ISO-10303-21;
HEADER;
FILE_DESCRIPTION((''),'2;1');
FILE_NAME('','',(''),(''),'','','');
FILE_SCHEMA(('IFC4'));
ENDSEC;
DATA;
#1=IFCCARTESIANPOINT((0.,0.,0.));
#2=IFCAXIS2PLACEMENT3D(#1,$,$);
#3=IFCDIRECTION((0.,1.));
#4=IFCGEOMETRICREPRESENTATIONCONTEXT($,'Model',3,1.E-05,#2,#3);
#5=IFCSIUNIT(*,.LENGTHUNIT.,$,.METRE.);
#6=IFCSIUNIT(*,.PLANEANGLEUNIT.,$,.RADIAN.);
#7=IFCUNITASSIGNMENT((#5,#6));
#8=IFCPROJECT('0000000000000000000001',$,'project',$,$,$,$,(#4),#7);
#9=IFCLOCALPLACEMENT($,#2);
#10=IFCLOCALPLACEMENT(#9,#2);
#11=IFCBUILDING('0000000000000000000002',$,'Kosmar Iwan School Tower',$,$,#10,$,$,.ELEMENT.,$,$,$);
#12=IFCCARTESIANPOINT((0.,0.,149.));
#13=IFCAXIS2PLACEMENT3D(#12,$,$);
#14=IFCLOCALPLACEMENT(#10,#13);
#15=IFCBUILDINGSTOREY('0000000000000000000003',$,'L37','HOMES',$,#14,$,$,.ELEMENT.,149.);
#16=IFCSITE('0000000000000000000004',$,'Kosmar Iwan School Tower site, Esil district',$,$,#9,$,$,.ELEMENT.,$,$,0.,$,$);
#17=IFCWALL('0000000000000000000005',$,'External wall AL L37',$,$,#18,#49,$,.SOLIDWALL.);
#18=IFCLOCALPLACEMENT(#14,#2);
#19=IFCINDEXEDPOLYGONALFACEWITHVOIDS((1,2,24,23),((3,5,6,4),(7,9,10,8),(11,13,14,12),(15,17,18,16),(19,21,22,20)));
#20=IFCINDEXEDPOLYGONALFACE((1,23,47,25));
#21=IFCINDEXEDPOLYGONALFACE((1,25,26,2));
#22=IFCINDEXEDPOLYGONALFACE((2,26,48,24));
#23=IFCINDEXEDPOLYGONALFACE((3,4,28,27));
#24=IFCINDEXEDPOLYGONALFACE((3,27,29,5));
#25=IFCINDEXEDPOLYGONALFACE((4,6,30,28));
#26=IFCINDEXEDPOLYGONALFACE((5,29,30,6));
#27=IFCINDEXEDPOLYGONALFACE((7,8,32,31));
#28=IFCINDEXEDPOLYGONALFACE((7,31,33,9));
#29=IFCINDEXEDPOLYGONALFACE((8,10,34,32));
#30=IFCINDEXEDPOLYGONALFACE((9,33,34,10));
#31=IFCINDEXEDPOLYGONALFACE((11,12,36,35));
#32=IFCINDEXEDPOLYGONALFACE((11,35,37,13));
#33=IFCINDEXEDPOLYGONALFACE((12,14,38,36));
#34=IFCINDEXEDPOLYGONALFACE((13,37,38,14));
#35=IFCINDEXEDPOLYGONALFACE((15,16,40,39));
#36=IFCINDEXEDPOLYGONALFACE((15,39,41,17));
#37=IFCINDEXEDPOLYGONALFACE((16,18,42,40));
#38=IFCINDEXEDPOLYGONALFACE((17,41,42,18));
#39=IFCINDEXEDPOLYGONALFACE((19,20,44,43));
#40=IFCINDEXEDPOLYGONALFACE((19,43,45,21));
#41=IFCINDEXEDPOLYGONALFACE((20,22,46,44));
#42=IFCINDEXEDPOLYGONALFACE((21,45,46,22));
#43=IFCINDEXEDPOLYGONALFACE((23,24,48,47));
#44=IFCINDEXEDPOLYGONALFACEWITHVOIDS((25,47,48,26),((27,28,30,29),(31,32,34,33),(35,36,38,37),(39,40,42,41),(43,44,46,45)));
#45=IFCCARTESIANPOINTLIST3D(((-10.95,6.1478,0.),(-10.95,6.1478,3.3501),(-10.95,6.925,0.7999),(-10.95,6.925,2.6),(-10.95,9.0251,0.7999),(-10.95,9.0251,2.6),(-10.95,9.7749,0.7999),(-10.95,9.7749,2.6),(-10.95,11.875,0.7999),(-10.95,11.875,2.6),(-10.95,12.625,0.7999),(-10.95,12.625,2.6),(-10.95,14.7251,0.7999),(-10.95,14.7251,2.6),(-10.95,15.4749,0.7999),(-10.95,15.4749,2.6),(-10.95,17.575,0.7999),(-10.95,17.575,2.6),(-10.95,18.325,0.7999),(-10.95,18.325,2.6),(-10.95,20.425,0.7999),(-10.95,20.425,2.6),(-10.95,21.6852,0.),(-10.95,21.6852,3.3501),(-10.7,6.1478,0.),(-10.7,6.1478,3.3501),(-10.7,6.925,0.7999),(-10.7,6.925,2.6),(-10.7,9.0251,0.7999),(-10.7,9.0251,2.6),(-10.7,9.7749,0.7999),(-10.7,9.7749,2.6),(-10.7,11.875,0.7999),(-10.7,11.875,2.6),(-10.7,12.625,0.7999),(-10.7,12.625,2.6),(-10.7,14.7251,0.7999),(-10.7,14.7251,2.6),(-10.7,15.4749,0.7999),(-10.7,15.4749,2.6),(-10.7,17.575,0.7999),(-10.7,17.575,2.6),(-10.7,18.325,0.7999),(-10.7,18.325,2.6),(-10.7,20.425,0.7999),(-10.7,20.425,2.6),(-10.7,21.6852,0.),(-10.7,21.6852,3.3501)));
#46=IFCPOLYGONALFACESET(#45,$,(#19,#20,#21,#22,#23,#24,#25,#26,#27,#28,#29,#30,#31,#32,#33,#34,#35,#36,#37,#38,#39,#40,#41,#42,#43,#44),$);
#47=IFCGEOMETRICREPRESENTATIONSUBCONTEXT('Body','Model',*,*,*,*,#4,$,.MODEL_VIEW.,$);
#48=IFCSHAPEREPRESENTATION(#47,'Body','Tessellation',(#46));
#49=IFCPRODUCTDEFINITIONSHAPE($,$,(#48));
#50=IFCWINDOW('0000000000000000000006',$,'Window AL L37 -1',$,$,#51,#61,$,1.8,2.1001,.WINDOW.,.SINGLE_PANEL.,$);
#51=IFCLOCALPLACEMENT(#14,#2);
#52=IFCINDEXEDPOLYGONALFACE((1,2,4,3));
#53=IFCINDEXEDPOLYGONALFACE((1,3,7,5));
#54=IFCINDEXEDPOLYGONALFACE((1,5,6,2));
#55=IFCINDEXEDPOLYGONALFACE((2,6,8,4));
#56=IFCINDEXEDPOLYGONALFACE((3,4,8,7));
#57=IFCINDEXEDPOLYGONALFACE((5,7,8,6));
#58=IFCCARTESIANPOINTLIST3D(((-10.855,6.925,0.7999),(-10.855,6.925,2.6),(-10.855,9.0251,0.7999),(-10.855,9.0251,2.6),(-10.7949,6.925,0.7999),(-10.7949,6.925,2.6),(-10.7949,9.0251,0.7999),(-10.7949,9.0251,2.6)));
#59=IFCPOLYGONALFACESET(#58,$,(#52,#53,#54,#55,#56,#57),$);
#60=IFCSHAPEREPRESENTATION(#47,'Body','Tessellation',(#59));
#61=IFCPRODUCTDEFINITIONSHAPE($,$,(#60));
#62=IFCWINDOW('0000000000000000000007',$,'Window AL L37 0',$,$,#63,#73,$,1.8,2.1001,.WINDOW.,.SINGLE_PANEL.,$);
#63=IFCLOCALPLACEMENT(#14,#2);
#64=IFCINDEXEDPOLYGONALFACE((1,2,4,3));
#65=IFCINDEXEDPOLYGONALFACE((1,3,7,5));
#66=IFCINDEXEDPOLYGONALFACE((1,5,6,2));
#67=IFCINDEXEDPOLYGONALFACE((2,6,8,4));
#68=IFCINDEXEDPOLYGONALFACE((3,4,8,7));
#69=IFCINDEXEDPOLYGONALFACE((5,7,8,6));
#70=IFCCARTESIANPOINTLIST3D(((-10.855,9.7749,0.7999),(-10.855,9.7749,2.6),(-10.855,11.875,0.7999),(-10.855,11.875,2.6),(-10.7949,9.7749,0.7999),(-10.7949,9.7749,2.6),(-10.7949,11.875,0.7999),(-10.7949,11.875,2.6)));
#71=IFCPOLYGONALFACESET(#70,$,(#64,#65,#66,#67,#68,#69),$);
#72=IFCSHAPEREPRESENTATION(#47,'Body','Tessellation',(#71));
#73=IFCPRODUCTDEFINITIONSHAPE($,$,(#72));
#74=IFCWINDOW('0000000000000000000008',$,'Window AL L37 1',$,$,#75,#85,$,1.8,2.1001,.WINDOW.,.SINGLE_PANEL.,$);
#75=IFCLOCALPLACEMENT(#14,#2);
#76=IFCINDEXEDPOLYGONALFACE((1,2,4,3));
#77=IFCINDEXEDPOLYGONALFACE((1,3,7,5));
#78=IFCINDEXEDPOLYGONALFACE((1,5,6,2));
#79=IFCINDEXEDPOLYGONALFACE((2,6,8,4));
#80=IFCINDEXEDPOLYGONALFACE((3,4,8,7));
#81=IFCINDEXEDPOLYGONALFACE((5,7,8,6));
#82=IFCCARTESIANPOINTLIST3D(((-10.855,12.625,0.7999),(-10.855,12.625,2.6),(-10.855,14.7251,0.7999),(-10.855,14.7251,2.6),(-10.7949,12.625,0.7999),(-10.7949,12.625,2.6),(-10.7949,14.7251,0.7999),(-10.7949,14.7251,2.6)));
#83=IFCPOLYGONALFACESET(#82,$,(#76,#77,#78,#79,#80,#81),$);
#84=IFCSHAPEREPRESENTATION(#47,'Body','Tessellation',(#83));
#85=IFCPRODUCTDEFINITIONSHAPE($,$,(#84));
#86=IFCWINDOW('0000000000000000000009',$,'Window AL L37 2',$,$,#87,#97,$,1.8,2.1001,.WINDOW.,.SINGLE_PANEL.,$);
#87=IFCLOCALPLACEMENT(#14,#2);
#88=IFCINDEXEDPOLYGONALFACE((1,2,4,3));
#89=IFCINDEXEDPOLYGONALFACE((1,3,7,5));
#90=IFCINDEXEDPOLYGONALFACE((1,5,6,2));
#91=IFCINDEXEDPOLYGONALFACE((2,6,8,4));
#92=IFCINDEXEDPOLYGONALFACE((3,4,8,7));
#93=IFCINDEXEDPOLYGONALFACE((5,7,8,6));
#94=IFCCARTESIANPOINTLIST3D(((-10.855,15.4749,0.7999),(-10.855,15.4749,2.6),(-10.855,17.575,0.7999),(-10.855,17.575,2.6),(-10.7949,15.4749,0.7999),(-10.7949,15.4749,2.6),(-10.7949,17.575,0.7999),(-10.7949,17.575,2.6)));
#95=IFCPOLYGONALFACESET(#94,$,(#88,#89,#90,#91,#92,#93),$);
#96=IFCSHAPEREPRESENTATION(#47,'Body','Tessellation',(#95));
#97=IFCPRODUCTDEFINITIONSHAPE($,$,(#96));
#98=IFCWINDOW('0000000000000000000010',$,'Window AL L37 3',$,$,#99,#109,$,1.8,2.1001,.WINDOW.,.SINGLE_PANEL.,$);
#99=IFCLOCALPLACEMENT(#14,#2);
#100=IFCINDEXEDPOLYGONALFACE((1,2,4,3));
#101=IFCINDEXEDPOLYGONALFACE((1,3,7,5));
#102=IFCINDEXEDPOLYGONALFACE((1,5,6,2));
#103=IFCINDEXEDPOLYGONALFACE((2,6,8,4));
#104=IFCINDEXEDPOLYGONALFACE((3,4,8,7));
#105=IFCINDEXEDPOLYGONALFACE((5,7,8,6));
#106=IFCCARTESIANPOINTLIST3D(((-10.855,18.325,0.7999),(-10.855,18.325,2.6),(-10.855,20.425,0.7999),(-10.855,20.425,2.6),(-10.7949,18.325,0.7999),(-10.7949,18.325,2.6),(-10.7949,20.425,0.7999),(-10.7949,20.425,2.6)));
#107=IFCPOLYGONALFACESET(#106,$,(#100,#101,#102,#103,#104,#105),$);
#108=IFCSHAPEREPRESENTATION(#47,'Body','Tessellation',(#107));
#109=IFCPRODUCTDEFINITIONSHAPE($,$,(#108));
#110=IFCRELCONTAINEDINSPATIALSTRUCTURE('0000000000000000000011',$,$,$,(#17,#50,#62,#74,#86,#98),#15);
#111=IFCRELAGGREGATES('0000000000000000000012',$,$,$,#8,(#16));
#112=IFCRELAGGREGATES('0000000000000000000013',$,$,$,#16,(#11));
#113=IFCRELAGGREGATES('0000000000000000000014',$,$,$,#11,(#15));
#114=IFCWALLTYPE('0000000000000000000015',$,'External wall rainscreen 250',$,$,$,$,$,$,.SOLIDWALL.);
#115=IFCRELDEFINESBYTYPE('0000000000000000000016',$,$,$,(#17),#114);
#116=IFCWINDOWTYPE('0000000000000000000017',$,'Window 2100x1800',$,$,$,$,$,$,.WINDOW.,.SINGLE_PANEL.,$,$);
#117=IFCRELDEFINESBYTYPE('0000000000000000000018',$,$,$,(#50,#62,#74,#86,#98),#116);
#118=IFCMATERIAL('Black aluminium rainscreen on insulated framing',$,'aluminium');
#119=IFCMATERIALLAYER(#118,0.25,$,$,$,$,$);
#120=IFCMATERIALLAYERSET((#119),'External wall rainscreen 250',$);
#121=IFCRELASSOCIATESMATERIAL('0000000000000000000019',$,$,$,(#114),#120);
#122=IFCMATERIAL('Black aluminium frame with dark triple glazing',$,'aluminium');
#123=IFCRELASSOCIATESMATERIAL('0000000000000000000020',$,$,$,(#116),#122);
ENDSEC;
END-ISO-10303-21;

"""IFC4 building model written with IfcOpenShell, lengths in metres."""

from ifc_helpers import new_model, si_unit, direction, frame, frame_2d, origin, place, context, subcontext, project, spatial, rectangle, extrude, material, layer, layer_set, type_object, element, fill, save


model = new_model("IFC4")

# Units and contexts
model_context = context("Model", 3, precision=1e-05, world=origin(), true_north=direction((0.0, 1.0)))
body_context = subcontext(model_context, "Body", "Model", "MODEL_VIEW")
ifc_project = project(units=[si_unit("LENGTHUNIT", "METRE"), si_unit("PLANEANGLEUNIT", "RADIAN")], contexts=[model_context])

# Site, building, storey
site_placement = place(None, origin())
site = spatial("IfcSite", under=ifc_project, at=site_placement, Name="Kosmar Iwan School Tower site, Esil district", CompositionType="ELEMENT", RefElevation=0.0)
building_placement = place(site_placement, origin())
building = spatial("IfcBuilding", under=site, at=building_placement, Name="Kosmar Iwan School Tower", CompositionType="ELEMENT")
storey_placement = place(building_placement, frame((0.0, 0.0, 149.0)))
storey = spatial("IfcBuildingStorey", under=building, at=storey_placement, Name="L37", Description="HOMES", CompositionType="ELEMENT", Elevation=149.0)

# Wall, openings, windows
ifc_material_1 = material(Name="Black aluminium rainscreen on insulated framing", Category="aluminium")
ifc_layer_1 = layer(ifc_material_1, 0.25)
ifc_layer_set_1 = layer_set([ifc_layer_1], Name="External wall rainscreen 250")
wall_type_1 = type_object("IfcWallType", Name="External wall rainscreen 250", PredefinedType="SOLIDWALL", material=ifc_layer_set_1)
wall_1_placement = place(storey_placement, frame((-10.825, 6.1479, 0.0), z_axis=(0.0, 0.0, 1.0), x_axis=(0.0, 1.0, 0.0)))
wall_1 = element("IfcWall", 1, at=wall_1_placement, inside=storey, type_object=wall_type_1, Name="External wall AL L37", PredefinedType="SOLIDWALL", context=body_context, shape_type="SweptSolid", body=[
    extrude(rectangle(XDim=15.5374, YDim=0.25, at=frame_2d((7.7686, 0.0))), origin(), (0.0, 0.0, 1.0), 3.3501),
])
opening_1_placement = place(wall_1_placement, frame((0.7771, 0.0, 0.8)))
opening_1 = element("IfcOpeningElement", 2, at=opening_1_placement, cuts=wall_1, PredefinedType="OPENING", context=body_context, shape_type="SweptSolid", body=[
    extrude(rectangle(XDim=2.1001, YDim=1.8, at=frame_2d((1.05, 0.8999))), frame((0.0, 0.137, 0.0), z_axis=(0.0, -1.0, 0.0), x_axis=(1.0, 0.0, 0.0)), (0.0, 0.0, 1.0), 0.2739),
])
opening_2_placement = place(wall_1_placement, frame((3.627, 0.0, 0.8)))
opening_2 = element("IfcOpeningElement", 3, at=opening_2_placement, cuts=wall_1, PredefinedType="OPENING", context=body_context, shape_type="SweptSolid", body=[
    extrude(rectangle(XDim=2.1001, YDim=1.8, at=frame_2d((1.05, 0.8999))), frame((0.0, 0.137, 0.0), z_axis=(0.0, -1.0, 0.0), x_axis=(1.0, 0.0, 0.0)), (0.0, 0.0, 1.0), 0.2739),
])
opening_3_placement = place(wall_1_placement, frame((6.4771, 0.0, 0.8)))
opening_3 = element("IfcOpeningElement", 4, at=opening_3_placement, cuts=wall_1, PredefinedType="OPENING", context=body_context, shape_type="SweptSolid", body=[
    extrude(rectangle(XDim=2.1001, YDim=1.8, at=frame_2d((1.05, 0.8999))), frame((0.0, 0.137, 0.0), z_axis=(0.0, -1.0, 0.0), x_axis=(1.0, 0.0, 0.0)), (0.0, 0.0, 1.0), 0.2739),
])
opening_4_placement = place(wall_1_placement, frame((9.3269, 0.0, 0.8)))
opening_4 = element("IfcOpeningElement", 5, at=opening_4_placement, cuts=wall_1, PredefinedType="OPENING", context=body_context, shape_type="SweptSolid", body=[
    extrude(rectangle(XDim=2.1001, YDim=1.8, at=frame_2d((1.05, 0.8999))), frame((0.0, 0.137, 0.0), z_axis=(0.0, -1.0, 0.0), x_axis=(1.0, 0.0, 0.0)), (0.0, 0.0, 1.0), 0.2739),
])
opening_5_placement = place(wall_1_placement, frame((12.177, 0.0, 0.8)))
opening_5 = element("IfcOpeningElement", 6, at=opening_5_placement, cuts=wall_1, PredefinedType="OPENING", context=body_context, shape_type="SweptSolid", body=[
    extrude(rectangle(XDim=2.1001, YDim=1.8, at=frame_2d((1.05, 0.8999))), frame((0.0, 0.137, 0.0), z_axis=(0.0, -1.0, 0.0), x_axis=(1.0, 0.0, 0.0)), (0.0, 0.0, 1.0), 0.2739),
])
ifc_material_2 = material(Name="Black aluminium frame with dark triple glazing", Category="aluminium")
window_type = type_object("IfcWindowType", Name="Window 2100x1800", PartitioningType="SINGLE_PANEL", PredefinedType="WINDOW", material=ifc_material_2)
window_1_placement = place(opening_1_placement, origin())
window_1 = element("IfcWindow", 7, at=window_1_placement, inside=storey, type_object=window_type, Name="Window AL L37 -1", OverallHeight=1.8, OverallWidth=2.1001, PartitioningType="SINGLE_PANEL", PredefinedType="WINDOW", context=body_context, shape_type="SweptSolid", body=[
    extrude(rectangle(XDim=2.1001, YDim=1.8, at=frame_2d((1.05, 0.8999))), frame((0.0, 0.03, 0.0), z_axis=(0.0, -1.0, 0.0), x_axis=(1.0, 0.0, 0.0)), (0.0, 0.0, 1.0), 0.0601),
])
fill(opening_1, window_1)
window_2_placement = place(opening_2_placement, origin())
window_2 = element("IfcWindow", 8, at=window_2_placement, inside=storey, type_object=window_type, Name="Window AL L37 0", OverallHeight=1.8, OverallWidth=2.1001, PartitioningType="SINGLE_PANEL", PredefinedType="WINDOW", context=body_context, shape_type="SweptSolid", body=[
    extrude(rectangle(XDim=2.1001, YDim=1.8, at=frame_2d((1.05, 0.8999))), frame((0.0, 0.03, 0.0), z_axis=(0.0, -1.0, 0.0), x_axis=(1.0, 0.0, 0.0)), (0.0, 0.0, 1.0), 0.0601),
])
fill(opening_2, window_2)
window_3_placement = place(opening_3_placement, origin())
window_3 = element("IfcWindow", 9, at=window_3_placement, inside=storey, type_object=window_type, Name="Window AL L37 1", OverallHeight=1.8, OverallWidth=2.1001, PartitioningType="SINGLE_PANEL", PredefinedType="WINDOW", context=body_context, shape_type="SweptSolid", body=[
    extrude(rectangle(XDim=2.1001, YDim=1.8, at=frame_2d((1.05, 0.8999))), frame((0.0, 0.03, 0.0), z_axis=(0.0, -1.0, 0.0), x_axis=(1.0, 0.0, 0.0)), (0.0, 0.0, 1.0), 0.0601),
])
fill(opening_3, window_3)
window_4_placement = place(opening_4_placement, origin())
window_4 = element("IfcWindow", 10, at=window_4_placement, inside=storey, type_object=window_type, Name="Window AL L37 2", OverallHeight=1.8, OverallWidth=2.1001, PartitioningType="SINGLE_PANEL", PredefinedType="WINDOW", context=body_context, shape_type="SweptSolid", body=[
    extrude(rectangle(XDim=2.1001, YDim=1.8, at=frame_2d((1.05, 0.8999))), frame((0.0, 0.03, 0.0), z_axis=(0.0, -1.0, 0.0), x_axis=(1.0, 0.0, 0.0)), (0.0, 0.0, 1.0), 0.0601),
])
fill(opening_4, window_4)
window_5_placement = place(opening_5_placement, origin())
window_5 = element("IfcWindow", 11, at=window_5_placement, inside=storey, type_object=window_type, Name="Window AL L37 3", OverallHeight=1.8, OverallWidth=2.1001, PartitioningType="SINGLE_PANEL", PredefinedType="WINDOW", context=body_context, shape_type="SweptSolid", body=[
    extrude(rectangle(XDim=2.1001, YDim=1.8, at=frame_2d((1.05, 0.8999))), frame((0.0, 0.03, 0.0), z_axis=(0.0, -1.0, 0.0), x_axis=(1.0, 0.0, 0.0)), (0.0, 0.0, 1.0), 0.0601),
])
fill(opening_5, window_5)

save(model, "model.ifc")
